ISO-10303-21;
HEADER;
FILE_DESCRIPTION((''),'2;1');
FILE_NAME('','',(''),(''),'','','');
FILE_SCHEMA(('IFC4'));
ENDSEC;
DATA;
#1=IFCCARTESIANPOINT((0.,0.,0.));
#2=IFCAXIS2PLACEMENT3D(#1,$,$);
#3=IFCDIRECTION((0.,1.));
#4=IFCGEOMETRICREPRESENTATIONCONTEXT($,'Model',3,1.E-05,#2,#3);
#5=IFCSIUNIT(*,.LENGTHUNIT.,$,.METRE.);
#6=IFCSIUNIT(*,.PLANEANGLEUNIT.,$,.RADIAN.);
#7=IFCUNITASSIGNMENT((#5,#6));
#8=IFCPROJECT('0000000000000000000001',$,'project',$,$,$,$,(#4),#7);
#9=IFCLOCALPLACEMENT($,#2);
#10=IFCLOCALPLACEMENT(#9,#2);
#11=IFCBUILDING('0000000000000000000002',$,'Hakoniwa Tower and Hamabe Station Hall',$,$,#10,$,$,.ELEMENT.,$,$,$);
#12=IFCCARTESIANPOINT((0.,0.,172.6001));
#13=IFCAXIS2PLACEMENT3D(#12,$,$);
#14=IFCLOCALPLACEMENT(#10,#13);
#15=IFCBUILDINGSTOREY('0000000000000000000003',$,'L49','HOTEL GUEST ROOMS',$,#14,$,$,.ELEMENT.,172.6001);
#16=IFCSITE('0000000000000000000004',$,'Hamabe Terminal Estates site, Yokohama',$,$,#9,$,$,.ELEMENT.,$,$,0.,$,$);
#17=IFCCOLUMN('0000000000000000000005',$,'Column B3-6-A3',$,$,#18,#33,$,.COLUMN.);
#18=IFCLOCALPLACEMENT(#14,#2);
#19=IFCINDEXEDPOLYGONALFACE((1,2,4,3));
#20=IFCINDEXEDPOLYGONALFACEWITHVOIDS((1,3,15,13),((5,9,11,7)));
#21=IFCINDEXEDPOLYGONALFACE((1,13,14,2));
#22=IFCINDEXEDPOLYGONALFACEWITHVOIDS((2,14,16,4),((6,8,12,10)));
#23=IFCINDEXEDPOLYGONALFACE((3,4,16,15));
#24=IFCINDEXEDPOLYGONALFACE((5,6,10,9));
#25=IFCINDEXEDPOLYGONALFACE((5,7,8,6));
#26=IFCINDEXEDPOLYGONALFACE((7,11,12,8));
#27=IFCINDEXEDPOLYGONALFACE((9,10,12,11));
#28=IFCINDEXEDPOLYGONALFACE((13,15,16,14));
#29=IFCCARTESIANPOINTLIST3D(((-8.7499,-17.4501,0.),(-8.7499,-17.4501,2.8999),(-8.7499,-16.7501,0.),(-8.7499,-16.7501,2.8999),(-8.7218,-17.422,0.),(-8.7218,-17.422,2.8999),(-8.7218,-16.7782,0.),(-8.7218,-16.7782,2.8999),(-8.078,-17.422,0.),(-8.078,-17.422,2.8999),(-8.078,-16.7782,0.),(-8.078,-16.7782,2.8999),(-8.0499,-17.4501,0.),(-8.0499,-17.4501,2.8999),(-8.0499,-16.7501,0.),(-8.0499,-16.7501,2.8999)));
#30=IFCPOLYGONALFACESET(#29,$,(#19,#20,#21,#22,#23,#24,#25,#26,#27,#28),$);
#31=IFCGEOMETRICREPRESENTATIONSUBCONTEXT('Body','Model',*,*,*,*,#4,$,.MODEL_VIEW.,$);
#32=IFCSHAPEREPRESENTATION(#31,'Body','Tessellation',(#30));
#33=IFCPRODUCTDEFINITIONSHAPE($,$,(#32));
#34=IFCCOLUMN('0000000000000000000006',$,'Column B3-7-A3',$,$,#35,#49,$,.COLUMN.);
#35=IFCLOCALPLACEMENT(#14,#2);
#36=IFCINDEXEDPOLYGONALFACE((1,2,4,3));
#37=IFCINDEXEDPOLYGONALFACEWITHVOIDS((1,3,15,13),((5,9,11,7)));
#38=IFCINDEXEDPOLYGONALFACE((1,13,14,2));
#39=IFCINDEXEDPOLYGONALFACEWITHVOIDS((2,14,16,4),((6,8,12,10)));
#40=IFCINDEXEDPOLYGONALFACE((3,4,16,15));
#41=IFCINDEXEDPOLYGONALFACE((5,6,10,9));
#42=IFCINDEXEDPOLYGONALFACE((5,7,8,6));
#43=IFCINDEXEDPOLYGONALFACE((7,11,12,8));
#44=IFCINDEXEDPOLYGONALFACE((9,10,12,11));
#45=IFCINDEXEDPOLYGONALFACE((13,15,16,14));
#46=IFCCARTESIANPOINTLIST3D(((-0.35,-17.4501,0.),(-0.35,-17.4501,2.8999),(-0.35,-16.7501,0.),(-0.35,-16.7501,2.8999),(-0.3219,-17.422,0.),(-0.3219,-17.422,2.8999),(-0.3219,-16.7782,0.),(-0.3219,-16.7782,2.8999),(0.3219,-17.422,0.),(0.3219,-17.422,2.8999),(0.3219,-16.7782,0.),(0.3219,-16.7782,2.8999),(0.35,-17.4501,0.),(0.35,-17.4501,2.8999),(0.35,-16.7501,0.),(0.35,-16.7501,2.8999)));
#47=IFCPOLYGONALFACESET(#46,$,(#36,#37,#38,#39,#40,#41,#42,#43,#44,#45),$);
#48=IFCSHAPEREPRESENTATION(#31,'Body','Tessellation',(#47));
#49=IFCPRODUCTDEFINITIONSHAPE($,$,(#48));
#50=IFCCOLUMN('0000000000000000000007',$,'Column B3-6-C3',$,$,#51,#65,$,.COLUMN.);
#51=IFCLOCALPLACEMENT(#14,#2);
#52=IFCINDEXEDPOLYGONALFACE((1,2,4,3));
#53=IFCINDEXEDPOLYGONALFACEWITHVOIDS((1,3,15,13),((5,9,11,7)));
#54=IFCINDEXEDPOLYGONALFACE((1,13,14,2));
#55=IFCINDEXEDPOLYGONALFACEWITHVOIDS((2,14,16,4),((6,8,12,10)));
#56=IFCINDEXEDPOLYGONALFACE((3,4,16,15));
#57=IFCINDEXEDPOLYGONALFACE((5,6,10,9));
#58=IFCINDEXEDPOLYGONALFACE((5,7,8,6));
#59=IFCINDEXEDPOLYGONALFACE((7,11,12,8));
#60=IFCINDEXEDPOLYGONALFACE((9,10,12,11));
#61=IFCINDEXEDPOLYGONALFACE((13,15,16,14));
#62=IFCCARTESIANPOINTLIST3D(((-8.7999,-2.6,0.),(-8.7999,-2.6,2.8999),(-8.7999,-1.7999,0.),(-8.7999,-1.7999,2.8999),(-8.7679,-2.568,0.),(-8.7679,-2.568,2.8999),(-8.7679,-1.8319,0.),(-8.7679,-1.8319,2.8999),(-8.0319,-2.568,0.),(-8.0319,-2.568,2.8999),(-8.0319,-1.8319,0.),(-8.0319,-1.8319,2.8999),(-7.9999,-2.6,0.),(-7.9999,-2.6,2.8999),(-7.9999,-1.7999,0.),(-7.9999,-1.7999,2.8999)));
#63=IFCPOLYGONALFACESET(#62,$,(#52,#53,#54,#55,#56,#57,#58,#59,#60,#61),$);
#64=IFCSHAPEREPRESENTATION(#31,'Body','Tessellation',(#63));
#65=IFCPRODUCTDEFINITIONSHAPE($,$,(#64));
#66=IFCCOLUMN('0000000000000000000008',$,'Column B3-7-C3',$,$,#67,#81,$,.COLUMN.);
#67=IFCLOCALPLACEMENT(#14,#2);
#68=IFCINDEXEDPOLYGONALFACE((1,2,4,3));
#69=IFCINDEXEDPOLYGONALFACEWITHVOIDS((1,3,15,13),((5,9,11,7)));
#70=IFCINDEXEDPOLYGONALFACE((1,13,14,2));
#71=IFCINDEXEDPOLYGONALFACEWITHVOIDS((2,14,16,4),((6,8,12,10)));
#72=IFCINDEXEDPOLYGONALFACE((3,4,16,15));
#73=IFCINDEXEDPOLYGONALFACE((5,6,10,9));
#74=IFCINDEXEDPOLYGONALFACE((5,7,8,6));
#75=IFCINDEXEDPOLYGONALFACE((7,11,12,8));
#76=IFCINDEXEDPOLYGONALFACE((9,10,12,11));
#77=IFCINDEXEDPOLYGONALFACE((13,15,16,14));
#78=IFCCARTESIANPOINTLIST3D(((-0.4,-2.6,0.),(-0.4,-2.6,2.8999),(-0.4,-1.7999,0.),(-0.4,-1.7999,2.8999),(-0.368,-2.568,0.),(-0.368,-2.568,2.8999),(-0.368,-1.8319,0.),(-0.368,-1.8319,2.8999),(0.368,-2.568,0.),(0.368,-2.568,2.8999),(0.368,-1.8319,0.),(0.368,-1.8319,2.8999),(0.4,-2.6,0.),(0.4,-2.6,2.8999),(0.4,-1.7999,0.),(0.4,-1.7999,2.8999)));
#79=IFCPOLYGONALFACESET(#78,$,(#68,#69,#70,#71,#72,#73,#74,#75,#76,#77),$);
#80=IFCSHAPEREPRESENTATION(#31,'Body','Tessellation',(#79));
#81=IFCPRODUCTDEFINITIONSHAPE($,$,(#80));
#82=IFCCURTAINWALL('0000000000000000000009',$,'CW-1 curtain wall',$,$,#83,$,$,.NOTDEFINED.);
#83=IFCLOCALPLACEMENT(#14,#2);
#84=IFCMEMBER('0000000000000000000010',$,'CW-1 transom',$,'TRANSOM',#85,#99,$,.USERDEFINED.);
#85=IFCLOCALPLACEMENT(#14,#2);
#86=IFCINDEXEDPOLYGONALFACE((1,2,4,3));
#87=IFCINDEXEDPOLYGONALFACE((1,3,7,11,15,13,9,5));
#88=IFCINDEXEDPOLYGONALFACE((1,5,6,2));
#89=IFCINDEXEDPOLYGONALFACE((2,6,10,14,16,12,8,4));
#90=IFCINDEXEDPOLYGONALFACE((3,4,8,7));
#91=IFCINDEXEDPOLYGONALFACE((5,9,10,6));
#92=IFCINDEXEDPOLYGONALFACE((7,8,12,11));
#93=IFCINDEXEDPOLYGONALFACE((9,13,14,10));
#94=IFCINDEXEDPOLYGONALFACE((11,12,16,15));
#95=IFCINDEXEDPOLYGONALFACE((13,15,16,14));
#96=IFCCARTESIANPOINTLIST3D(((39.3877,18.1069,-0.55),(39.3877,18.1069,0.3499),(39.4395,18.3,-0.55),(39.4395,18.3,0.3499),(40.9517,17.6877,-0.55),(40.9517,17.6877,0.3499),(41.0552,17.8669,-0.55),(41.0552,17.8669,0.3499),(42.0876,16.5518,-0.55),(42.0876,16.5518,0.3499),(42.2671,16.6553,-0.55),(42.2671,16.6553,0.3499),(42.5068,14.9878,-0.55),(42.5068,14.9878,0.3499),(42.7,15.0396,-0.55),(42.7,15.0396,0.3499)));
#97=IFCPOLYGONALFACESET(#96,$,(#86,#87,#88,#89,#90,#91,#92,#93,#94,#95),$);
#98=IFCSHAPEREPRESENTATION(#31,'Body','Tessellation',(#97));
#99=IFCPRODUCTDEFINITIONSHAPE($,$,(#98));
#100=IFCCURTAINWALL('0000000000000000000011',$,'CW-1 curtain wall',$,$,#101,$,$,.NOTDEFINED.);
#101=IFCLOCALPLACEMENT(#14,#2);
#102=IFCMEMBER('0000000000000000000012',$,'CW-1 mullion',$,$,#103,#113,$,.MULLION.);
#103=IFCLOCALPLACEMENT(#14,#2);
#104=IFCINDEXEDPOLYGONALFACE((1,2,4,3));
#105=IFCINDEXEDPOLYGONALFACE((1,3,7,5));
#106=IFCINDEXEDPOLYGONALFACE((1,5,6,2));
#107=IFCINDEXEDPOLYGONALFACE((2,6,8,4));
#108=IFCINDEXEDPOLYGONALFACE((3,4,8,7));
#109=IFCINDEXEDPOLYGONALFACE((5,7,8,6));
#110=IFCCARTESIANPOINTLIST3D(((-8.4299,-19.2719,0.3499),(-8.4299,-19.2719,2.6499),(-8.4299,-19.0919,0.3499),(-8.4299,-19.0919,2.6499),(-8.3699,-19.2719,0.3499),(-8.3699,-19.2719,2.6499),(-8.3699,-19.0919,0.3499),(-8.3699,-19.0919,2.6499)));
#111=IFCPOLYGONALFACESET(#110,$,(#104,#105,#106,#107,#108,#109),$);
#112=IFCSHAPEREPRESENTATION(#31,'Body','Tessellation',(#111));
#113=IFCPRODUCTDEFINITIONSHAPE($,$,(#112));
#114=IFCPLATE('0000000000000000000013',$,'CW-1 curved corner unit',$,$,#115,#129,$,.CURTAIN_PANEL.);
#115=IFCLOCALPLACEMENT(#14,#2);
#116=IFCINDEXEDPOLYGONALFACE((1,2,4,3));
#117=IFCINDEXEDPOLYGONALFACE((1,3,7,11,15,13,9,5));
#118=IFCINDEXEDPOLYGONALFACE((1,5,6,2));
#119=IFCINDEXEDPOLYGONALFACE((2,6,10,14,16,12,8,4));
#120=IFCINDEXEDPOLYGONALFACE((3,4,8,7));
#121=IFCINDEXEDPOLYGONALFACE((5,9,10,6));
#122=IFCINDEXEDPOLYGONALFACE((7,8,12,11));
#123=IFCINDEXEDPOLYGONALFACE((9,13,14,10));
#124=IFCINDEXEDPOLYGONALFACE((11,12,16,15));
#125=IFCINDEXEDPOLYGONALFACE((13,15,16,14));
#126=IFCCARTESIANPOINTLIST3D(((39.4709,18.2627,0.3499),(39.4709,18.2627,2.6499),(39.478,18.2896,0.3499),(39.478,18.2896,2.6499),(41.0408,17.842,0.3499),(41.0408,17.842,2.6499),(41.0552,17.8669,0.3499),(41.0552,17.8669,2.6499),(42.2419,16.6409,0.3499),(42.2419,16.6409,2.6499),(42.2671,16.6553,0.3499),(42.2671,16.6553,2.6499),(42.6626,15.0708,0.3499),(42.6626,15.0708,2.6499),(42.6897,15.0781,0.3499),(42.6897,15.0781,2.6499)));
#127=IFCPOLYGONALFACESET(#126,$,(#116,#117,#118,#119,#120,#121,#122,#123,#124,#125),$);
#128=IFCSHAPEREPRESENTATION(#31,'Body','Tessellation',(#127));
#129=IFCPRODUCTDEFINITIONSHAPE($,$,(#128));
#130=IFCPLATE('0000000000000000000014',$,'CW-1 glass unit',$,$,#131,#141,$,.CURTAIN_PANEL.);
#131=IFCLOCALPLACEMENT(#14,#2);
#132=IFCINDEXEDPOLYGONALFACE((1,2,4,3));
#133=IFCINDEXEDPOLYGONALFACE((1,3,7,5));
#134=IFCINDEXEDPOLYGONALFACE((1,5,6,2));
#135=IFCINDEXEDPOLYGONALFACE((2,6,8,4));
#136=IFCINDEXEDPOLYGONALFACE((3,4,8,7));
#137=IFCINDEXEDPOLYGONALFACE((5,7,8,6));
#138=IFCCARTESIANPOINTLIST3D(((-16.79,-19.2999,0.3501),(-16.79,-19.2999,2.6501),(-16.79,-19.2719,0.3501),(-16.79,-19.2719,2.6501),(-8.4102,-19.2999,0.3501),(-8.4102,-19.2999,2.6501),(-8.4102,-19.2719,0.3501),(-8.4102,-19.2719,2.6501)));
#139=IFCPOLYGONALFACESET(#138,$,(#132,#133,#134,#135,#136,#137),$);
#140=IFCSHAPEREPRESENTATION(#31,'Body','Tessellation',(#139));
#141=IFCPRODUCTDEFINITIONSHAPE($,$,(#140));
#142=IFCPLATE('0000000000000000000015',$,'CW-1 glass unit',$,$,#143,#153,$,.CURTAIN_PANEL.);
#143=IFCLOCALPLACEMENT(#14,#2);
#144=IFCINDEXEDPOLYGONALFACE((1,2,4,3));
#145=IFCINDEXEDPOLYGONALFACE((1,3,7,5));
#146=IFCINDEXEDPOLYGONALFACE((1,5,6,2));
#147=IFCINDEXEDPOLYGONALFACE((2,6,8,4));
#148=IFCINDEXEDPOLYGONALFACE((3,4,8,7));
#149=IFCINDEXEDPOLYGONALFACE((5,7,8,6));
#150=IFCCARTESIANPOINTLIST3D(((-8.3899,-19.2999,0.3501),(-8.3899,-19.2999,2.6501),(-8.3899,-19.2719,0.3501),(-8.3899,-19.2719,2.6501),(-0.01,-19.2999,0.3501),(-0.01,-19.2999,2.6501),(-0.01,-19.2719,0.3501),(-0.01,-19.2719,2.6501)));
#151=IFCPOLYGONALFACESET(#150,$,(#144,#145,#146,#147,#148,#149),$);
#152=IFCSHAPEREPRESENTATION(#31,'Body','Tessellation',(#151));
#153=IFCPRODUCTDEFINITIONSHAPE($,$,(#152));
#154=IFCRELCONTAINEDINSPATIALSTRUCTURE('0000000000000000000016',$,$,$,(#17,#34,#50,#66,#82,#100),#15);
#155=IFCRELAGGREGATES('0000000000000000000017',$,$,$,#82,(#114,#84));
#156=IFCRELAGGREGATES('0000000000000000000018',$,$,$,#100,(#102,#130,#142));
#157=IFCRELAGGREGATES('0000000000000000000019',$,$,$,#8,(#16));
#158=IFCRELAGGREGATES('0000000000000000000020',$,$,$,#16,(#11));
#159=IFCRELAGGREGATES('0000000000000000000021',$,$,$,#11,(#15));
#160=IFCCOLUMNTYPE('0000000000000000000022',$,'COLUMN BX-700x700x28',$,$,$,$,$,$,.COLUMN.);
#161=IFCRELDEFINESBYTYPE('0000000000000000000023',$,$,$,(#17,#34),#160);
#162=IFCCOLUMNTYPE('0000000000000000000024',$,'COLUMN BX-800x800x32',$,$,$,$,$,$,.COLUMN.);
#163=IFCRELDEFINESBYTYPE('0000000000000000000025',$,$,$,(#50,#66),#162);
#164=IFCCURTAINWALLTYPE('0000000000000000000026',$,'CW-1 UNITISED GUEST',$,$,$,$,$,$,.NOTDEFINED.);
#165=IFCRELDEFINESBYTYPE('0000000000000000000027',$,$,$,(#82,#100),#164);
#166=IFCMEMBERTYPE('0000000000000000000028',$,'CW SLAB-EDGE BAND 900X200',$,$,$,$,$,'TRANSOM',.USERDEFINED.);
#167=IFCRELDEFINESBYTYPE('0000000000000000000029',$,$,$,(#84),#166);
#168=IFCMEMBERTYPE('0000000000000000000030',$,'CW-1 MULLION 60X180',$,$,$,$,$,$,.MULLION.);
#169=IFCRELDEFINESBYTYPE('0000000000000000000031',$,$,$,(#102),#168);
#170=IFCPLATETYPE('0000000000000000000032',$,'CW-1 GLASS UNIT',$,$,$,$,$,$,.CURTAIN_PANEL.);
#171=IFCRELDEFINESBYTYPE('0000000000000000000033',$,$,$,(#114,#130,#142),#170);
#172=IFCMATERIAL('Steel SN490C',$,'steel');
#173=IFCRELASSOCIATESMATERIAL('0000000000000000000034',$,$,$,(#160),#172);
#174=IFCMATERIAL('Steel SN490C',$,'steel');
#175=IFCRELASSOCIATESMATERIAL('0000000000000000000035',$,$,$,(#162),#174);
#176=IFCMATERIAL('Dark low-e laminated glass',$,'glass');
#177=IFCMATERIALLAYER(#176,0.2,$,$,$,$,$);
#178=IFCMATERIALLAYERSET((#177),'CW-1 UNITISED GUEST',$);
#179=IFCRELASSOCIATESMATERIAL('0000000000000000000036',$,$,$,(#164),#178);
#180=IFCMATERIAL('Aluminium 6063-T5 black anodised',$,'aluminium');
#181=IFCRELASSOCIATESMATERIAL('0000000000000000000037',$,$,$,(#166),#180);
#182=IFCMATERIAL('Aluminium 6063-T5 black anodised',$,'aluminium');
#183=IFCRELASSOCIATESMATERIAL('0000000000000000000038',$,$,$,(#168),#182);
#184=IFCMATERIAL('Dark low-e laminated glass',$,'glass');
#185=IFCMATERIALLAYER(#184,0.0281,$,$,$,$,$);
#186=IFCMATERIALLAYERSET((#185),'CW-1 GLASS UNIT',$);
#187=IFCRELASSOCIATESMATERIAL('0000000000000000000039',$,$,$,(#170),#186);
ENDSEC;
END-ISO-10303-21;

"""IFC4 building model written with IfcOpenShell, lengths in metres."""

from ifc_helpers import new_model, si_unit, direction, frame, origin, origin_2d, place, context, subcontext, project, spatial, polyline, rectangle, hollow_rectangle, outline, extrude, material, layer, layer_set, material_profile, profile_set, type_object, element, aggregate, save


model = new_model("IFC4")

# Units and contexts
model_context = context("Model", 3, precision=1e-05, world=origin(), true_north=direction((0.0, 1.0)))
body_context = subcontext(model_context, "Body", "Model", "MODEL_VIEW")
ifc_project = project(units=[si_unit("LENGTHUNIT", "METRE"), si_unit("PLANEANGLEUNIT", "RADIAN")], contexts=[model_context])

# Site, building, storey
site_placement = place(None, origin())
site = spatial("IfcSite", under=ifc_project, at=site_placement, Name="Hamabe Terminal Estates site, Yokohama", CompositionType="ELEMENT", RefElevation=0.0)
building_placement = place(site_placement, origin())
building = spatial("IfcBuilding", under=site, at=building_placement, Name="Hakoniwa Tower and Hamabe Station Hall", CompositionType="ELEMENT")
storey_placement = place(building_placement, frame((0.0, 0.0, 172.6001)))
storey = spatial("IfcBuildingStorey", under=building, at=storey_placement, Name="L49", Description="HOTEL GUEST ROOMS", CompositionType="ELEMENT", Elevation=172.6001)

# Columns
ifc_material_1 = material(Name="Steel SN490C", Category="steel")
ifc_material_profile_1 = material_profile(ifc_material_1, hollow_rectangle(XDim=0.7, YDim=0.7, WallThickness=0.0281, at=origin_2d()), Name="BX-700x700x28")
ifc_profile_set_1 = profile_set([ifc_material_profile_1], Name="Steel SN490C")
column_type_1 = type_object("IfcColumnType", Name="COLUMN BX-700x700x28", PredefinedType="COLUMN", material=ifc_profile_set_1)
for number, where, z_axis, x_axis, name in (
    (1, (-8.3999, -17.1001, 0.0), (0.0, 0.0, 1.0), (1.0, 0.0, 0.0), "Column B3-6-A3"),
    (2, (0.0, -17.1001, 0.0), (0.0, 0.0, 1.0), (1.0, 0.0, 0.0), "Column B3-7-A3"),
):
    element("IfcColumn", number, at=place(storey_placement, frame(where, z_axis=z_axis, x_axis=x_axis)), inside=storey, type_object=column_type_1, Name=name, PredefinedType="COLUMN", context=body_context, shape_type="SweptSolid", body=[
        extrude(hollow_rectangle(XDim=0.7, YDim=0.7, WallThickness=0.0281, at=origin_2d()), origin(), (0.0, 0.0, 1.0), 2.8999),
    ])
ifc_material_2 = material(Name="Steel SN490C", Category="steel")
ifc_material_profile_2 = material_profile(ifc_material_2, hollow_rectangle(XDim=0.8, YDim=0.8, WallThickness=0.032, at=origin_2d()), Name="BX-800x800x32")
ifc_profile_set_2 = profile_set([ifc_material_profile_2], Name="Steel SN490C")
column_type_2 = type_object("IfcColumnType", Name="COLUMN BX-800x800x32", PredefinedType="COLUMN", material=ifc_profile_set_2)
for number, where, z_axis, x_axis, name in (
    (3, (-8.3999, -2.2, 0.0), (0.0, 0.0, 1.0), (1.0, 0.0, 0.0), "Column B3-6-C3"),
    (4, (0.0, -2.2, 0.0), (0.0, 0.0, 1.0), (1.0, 0.0, 0.0), "Column B3-7-C3"),
):
    element("IfcColumn", number, at=place(storey_placement, frame(where, z_axis=z_axis, x_axis=x_axis)), inside=storey, type_object=column_type_2, Name=name, PredefinedType="COLUMN", context=body_context, shape_type="SweptSolid", body=[
        extrude(hollow_rectangle(XDim=0.8, YDim=0.8, WallThickness=0.032, at=origin_2d()), origin(), (0.0, 0.0, 1.0), 2.8999),
    ])

# Curtain walls, members
ifc_material_3 = material(Name="Dark low-e laminated glass", Category="glass")
ifc_layer_1 = layer(ifc_material_3, 0.2)
ifc_layer_set_1 = layer_set([ifc_layer_1], Name="CW-1 UNITISED GUEST")
curtain_wall_type = type_object("IfcCurtainWallType", Name="CW-1 UNITISED GUEST", PredefinedType="NOTDEFINED", material=ifc_layer_set_1)
curtain_wall_1_placement = place(storey_placement, origin())
curtain_wall_1 = element("IfcCurtainWall", 5, at=curtain_wall_1_placement, inside=storey, type_object=curtain_wall_type, Name="CW-1 curtain wall", PredefinedType="NOTDEFINED")
ifc_material_4 = material(Name="Aluminium 6063-T5 black anodised", Category="aluminium")
ifc_material_profile_3 = material_profile(ifc_material_4, rectangle(XDim=0.2, YDim=0.8999, at=origin_2d()), Name="CW SLAB-EDGE BAND 900X200")
ifc_profile_set_3 = profile_set([ifc_material_profile_3], Name="Aluminium 6063-T5 black anodised")
member_type_1 = type_object("IfcMemberType", Name="CW SLAB-EDGE BAND 900X200", ElementType="TRANSOM", PredefinedType="USERDEFINED", material=ifc_profile_set_3)
member_1_placement = place(storey_placement, frame((0.0, 0.0, -0.55)))
member_1 = element("IfcMember", 6, at=member_1_placement, type_object=member_type_1, Name="CW-1 transom", ObjectType="TRANSOM", PredefinedType="USERDEFINED", context=body_context, shape_type="SweptSolid", body=[
    extrude(outline(polyline([(42.7, 15.0396), (42.2671, 16.6553), (41.0552, 17.8669), (39.4395, 18.3), (39.3877, 18.1069), (40.9517, 17.6877), (42.0876, 16.5518), (42.5068, 14.9878), (42.7, 15.0396)])), origin(), (0.0, 0.0, 1.0), 0.8999),
])
curtain_wall_2_placement = place(storey_placement, origin())
curtain_wall_2 = element("IfcCurtainWall", 7, at=curtain_wall_2_placement, inside=storey, type_object=curtain_wall_type, Name="CW-1 curtain wall", PredefinedType="NOTDEFINED")
ifc_material_5 = material(Name="Aluminium 6063-T5 black anodised", Category="aluminium")
ifc_material_profile_4 = material_profile(ifc_material_5, rectangle(XDim=0.0601, YDim=0.1799, at=origin_2d()), Name="CW-1 MULLION 60X180")
ifc_profile_set_4 = profile_set([ifc_material_profile_4], Name="Aluminium 6063-T5 black anodised")
member_type_2 = type_object("IfcMemberType", Name="CW-1 MULLION 60X180", PredefinedType="MULLION", material=ifc_profile_set_4)
member_2_placement = place(storey_placement, frame((-8.3999, -19.1819, 0.3499), z_axis=(0.0, 0.0, 1.0), x_axis=(1.0, 0.0, 0.0)))
member_2 = element("IfcMember", 8, at=member_2_placement, type_object=member_type_2, Name="CW-1 mullion", PredefinedType="MULLION", context=body_context, shape_type="SweptSolid", body=[
    extrude(rectangle(XDim=0.0601, YDim=0.1799, at=origin_2d()), origin(), (0.0, 0.0, 1.0), 2.3),
])

# Plates
ifc_material_6 = material(Name="Dark low-e laminated glass", Category="glass")
ifc_layer_2 = layer(ifc_material_6, 0.0281)
ifc_layer_set_2 = layer_set([ifc_layer_2], Name="CW-1 GLASS UNIT")
plate_type = type_object("IfcPlateType", Name="CW-1 GLASS UNIT", PredefinedType="CURTAIN_PANEL", material=ifc_layer_set_2)
plate_1_placement = place(storey_placement, frame((0.0, 0.0, 0.3499)))
plate_1 = element("IfcPlate", 9, at=plate_1_placement, type_object=plate_type, Name="CW-1 curved corner unit", PredefinedType="CURTAIN_PANEL", context=body_context, shape_type="SweptSolid", body=[
    extrude(outline(polyline([(42.6897, 15.0781), (42.2671, 16.6553), (41.0552, 17.8669), (39.478, 18.2896), (39.4709, 18.2627), (41.0408, 17.842), (42.2419, 16.6409), (42.6626, 15.0708), (42.6897, 15.0781)])), origin(), (0.0, 0.0, 1.0), 2.3),
])
aggregate(curtain_wall_1, [plate_1, member_1])
plate_2_placement = place(storey_placement, frame((-12.6001, -19.2859, 0.3501), z_axis=(0.0, 0.0, 1.0), x_axis=(1.0, 0.0, 0.0)))
plate_2 = element("IfcPlate", 10, at=plate_2_placement, type_object=plate_type, Name="CW-1 glass unit", PredefinedType="CURTAIN_PANEL", context=body_context, shape_type="SweptSolid", body=[
    extrude(rectangle(XDim=8.3799, YDim=0.0281, at=origin_2d()), origin(), (0.0, 0.0, 1.0), 2.3),
])
plate_3_placement = place(storey_placement, frame((-4.2, -19.2859, 0.3501), z_axis=(0.0, 0.0, 1.0), x_axis=(1.0, 0.0, 0.0)))
plate_3 = element("IfcPlate", 11, at=plate_3_placement, type_object=plate_type, Name="CW-1 glass unit", PredefinedType="CURTAIN_PANEL", context=body_context, shape_type="SweptSolid", body=[
    extrude(rectangle(XDim=8.3799, YDim=0.0281, at=origin_2d()), origin(), (0.0, 0.0, 1.0), 2.3),
])
aggregate(curtain_wall_2, [member_2, plate_2, plate_3])

save(model, "model.ifc")
